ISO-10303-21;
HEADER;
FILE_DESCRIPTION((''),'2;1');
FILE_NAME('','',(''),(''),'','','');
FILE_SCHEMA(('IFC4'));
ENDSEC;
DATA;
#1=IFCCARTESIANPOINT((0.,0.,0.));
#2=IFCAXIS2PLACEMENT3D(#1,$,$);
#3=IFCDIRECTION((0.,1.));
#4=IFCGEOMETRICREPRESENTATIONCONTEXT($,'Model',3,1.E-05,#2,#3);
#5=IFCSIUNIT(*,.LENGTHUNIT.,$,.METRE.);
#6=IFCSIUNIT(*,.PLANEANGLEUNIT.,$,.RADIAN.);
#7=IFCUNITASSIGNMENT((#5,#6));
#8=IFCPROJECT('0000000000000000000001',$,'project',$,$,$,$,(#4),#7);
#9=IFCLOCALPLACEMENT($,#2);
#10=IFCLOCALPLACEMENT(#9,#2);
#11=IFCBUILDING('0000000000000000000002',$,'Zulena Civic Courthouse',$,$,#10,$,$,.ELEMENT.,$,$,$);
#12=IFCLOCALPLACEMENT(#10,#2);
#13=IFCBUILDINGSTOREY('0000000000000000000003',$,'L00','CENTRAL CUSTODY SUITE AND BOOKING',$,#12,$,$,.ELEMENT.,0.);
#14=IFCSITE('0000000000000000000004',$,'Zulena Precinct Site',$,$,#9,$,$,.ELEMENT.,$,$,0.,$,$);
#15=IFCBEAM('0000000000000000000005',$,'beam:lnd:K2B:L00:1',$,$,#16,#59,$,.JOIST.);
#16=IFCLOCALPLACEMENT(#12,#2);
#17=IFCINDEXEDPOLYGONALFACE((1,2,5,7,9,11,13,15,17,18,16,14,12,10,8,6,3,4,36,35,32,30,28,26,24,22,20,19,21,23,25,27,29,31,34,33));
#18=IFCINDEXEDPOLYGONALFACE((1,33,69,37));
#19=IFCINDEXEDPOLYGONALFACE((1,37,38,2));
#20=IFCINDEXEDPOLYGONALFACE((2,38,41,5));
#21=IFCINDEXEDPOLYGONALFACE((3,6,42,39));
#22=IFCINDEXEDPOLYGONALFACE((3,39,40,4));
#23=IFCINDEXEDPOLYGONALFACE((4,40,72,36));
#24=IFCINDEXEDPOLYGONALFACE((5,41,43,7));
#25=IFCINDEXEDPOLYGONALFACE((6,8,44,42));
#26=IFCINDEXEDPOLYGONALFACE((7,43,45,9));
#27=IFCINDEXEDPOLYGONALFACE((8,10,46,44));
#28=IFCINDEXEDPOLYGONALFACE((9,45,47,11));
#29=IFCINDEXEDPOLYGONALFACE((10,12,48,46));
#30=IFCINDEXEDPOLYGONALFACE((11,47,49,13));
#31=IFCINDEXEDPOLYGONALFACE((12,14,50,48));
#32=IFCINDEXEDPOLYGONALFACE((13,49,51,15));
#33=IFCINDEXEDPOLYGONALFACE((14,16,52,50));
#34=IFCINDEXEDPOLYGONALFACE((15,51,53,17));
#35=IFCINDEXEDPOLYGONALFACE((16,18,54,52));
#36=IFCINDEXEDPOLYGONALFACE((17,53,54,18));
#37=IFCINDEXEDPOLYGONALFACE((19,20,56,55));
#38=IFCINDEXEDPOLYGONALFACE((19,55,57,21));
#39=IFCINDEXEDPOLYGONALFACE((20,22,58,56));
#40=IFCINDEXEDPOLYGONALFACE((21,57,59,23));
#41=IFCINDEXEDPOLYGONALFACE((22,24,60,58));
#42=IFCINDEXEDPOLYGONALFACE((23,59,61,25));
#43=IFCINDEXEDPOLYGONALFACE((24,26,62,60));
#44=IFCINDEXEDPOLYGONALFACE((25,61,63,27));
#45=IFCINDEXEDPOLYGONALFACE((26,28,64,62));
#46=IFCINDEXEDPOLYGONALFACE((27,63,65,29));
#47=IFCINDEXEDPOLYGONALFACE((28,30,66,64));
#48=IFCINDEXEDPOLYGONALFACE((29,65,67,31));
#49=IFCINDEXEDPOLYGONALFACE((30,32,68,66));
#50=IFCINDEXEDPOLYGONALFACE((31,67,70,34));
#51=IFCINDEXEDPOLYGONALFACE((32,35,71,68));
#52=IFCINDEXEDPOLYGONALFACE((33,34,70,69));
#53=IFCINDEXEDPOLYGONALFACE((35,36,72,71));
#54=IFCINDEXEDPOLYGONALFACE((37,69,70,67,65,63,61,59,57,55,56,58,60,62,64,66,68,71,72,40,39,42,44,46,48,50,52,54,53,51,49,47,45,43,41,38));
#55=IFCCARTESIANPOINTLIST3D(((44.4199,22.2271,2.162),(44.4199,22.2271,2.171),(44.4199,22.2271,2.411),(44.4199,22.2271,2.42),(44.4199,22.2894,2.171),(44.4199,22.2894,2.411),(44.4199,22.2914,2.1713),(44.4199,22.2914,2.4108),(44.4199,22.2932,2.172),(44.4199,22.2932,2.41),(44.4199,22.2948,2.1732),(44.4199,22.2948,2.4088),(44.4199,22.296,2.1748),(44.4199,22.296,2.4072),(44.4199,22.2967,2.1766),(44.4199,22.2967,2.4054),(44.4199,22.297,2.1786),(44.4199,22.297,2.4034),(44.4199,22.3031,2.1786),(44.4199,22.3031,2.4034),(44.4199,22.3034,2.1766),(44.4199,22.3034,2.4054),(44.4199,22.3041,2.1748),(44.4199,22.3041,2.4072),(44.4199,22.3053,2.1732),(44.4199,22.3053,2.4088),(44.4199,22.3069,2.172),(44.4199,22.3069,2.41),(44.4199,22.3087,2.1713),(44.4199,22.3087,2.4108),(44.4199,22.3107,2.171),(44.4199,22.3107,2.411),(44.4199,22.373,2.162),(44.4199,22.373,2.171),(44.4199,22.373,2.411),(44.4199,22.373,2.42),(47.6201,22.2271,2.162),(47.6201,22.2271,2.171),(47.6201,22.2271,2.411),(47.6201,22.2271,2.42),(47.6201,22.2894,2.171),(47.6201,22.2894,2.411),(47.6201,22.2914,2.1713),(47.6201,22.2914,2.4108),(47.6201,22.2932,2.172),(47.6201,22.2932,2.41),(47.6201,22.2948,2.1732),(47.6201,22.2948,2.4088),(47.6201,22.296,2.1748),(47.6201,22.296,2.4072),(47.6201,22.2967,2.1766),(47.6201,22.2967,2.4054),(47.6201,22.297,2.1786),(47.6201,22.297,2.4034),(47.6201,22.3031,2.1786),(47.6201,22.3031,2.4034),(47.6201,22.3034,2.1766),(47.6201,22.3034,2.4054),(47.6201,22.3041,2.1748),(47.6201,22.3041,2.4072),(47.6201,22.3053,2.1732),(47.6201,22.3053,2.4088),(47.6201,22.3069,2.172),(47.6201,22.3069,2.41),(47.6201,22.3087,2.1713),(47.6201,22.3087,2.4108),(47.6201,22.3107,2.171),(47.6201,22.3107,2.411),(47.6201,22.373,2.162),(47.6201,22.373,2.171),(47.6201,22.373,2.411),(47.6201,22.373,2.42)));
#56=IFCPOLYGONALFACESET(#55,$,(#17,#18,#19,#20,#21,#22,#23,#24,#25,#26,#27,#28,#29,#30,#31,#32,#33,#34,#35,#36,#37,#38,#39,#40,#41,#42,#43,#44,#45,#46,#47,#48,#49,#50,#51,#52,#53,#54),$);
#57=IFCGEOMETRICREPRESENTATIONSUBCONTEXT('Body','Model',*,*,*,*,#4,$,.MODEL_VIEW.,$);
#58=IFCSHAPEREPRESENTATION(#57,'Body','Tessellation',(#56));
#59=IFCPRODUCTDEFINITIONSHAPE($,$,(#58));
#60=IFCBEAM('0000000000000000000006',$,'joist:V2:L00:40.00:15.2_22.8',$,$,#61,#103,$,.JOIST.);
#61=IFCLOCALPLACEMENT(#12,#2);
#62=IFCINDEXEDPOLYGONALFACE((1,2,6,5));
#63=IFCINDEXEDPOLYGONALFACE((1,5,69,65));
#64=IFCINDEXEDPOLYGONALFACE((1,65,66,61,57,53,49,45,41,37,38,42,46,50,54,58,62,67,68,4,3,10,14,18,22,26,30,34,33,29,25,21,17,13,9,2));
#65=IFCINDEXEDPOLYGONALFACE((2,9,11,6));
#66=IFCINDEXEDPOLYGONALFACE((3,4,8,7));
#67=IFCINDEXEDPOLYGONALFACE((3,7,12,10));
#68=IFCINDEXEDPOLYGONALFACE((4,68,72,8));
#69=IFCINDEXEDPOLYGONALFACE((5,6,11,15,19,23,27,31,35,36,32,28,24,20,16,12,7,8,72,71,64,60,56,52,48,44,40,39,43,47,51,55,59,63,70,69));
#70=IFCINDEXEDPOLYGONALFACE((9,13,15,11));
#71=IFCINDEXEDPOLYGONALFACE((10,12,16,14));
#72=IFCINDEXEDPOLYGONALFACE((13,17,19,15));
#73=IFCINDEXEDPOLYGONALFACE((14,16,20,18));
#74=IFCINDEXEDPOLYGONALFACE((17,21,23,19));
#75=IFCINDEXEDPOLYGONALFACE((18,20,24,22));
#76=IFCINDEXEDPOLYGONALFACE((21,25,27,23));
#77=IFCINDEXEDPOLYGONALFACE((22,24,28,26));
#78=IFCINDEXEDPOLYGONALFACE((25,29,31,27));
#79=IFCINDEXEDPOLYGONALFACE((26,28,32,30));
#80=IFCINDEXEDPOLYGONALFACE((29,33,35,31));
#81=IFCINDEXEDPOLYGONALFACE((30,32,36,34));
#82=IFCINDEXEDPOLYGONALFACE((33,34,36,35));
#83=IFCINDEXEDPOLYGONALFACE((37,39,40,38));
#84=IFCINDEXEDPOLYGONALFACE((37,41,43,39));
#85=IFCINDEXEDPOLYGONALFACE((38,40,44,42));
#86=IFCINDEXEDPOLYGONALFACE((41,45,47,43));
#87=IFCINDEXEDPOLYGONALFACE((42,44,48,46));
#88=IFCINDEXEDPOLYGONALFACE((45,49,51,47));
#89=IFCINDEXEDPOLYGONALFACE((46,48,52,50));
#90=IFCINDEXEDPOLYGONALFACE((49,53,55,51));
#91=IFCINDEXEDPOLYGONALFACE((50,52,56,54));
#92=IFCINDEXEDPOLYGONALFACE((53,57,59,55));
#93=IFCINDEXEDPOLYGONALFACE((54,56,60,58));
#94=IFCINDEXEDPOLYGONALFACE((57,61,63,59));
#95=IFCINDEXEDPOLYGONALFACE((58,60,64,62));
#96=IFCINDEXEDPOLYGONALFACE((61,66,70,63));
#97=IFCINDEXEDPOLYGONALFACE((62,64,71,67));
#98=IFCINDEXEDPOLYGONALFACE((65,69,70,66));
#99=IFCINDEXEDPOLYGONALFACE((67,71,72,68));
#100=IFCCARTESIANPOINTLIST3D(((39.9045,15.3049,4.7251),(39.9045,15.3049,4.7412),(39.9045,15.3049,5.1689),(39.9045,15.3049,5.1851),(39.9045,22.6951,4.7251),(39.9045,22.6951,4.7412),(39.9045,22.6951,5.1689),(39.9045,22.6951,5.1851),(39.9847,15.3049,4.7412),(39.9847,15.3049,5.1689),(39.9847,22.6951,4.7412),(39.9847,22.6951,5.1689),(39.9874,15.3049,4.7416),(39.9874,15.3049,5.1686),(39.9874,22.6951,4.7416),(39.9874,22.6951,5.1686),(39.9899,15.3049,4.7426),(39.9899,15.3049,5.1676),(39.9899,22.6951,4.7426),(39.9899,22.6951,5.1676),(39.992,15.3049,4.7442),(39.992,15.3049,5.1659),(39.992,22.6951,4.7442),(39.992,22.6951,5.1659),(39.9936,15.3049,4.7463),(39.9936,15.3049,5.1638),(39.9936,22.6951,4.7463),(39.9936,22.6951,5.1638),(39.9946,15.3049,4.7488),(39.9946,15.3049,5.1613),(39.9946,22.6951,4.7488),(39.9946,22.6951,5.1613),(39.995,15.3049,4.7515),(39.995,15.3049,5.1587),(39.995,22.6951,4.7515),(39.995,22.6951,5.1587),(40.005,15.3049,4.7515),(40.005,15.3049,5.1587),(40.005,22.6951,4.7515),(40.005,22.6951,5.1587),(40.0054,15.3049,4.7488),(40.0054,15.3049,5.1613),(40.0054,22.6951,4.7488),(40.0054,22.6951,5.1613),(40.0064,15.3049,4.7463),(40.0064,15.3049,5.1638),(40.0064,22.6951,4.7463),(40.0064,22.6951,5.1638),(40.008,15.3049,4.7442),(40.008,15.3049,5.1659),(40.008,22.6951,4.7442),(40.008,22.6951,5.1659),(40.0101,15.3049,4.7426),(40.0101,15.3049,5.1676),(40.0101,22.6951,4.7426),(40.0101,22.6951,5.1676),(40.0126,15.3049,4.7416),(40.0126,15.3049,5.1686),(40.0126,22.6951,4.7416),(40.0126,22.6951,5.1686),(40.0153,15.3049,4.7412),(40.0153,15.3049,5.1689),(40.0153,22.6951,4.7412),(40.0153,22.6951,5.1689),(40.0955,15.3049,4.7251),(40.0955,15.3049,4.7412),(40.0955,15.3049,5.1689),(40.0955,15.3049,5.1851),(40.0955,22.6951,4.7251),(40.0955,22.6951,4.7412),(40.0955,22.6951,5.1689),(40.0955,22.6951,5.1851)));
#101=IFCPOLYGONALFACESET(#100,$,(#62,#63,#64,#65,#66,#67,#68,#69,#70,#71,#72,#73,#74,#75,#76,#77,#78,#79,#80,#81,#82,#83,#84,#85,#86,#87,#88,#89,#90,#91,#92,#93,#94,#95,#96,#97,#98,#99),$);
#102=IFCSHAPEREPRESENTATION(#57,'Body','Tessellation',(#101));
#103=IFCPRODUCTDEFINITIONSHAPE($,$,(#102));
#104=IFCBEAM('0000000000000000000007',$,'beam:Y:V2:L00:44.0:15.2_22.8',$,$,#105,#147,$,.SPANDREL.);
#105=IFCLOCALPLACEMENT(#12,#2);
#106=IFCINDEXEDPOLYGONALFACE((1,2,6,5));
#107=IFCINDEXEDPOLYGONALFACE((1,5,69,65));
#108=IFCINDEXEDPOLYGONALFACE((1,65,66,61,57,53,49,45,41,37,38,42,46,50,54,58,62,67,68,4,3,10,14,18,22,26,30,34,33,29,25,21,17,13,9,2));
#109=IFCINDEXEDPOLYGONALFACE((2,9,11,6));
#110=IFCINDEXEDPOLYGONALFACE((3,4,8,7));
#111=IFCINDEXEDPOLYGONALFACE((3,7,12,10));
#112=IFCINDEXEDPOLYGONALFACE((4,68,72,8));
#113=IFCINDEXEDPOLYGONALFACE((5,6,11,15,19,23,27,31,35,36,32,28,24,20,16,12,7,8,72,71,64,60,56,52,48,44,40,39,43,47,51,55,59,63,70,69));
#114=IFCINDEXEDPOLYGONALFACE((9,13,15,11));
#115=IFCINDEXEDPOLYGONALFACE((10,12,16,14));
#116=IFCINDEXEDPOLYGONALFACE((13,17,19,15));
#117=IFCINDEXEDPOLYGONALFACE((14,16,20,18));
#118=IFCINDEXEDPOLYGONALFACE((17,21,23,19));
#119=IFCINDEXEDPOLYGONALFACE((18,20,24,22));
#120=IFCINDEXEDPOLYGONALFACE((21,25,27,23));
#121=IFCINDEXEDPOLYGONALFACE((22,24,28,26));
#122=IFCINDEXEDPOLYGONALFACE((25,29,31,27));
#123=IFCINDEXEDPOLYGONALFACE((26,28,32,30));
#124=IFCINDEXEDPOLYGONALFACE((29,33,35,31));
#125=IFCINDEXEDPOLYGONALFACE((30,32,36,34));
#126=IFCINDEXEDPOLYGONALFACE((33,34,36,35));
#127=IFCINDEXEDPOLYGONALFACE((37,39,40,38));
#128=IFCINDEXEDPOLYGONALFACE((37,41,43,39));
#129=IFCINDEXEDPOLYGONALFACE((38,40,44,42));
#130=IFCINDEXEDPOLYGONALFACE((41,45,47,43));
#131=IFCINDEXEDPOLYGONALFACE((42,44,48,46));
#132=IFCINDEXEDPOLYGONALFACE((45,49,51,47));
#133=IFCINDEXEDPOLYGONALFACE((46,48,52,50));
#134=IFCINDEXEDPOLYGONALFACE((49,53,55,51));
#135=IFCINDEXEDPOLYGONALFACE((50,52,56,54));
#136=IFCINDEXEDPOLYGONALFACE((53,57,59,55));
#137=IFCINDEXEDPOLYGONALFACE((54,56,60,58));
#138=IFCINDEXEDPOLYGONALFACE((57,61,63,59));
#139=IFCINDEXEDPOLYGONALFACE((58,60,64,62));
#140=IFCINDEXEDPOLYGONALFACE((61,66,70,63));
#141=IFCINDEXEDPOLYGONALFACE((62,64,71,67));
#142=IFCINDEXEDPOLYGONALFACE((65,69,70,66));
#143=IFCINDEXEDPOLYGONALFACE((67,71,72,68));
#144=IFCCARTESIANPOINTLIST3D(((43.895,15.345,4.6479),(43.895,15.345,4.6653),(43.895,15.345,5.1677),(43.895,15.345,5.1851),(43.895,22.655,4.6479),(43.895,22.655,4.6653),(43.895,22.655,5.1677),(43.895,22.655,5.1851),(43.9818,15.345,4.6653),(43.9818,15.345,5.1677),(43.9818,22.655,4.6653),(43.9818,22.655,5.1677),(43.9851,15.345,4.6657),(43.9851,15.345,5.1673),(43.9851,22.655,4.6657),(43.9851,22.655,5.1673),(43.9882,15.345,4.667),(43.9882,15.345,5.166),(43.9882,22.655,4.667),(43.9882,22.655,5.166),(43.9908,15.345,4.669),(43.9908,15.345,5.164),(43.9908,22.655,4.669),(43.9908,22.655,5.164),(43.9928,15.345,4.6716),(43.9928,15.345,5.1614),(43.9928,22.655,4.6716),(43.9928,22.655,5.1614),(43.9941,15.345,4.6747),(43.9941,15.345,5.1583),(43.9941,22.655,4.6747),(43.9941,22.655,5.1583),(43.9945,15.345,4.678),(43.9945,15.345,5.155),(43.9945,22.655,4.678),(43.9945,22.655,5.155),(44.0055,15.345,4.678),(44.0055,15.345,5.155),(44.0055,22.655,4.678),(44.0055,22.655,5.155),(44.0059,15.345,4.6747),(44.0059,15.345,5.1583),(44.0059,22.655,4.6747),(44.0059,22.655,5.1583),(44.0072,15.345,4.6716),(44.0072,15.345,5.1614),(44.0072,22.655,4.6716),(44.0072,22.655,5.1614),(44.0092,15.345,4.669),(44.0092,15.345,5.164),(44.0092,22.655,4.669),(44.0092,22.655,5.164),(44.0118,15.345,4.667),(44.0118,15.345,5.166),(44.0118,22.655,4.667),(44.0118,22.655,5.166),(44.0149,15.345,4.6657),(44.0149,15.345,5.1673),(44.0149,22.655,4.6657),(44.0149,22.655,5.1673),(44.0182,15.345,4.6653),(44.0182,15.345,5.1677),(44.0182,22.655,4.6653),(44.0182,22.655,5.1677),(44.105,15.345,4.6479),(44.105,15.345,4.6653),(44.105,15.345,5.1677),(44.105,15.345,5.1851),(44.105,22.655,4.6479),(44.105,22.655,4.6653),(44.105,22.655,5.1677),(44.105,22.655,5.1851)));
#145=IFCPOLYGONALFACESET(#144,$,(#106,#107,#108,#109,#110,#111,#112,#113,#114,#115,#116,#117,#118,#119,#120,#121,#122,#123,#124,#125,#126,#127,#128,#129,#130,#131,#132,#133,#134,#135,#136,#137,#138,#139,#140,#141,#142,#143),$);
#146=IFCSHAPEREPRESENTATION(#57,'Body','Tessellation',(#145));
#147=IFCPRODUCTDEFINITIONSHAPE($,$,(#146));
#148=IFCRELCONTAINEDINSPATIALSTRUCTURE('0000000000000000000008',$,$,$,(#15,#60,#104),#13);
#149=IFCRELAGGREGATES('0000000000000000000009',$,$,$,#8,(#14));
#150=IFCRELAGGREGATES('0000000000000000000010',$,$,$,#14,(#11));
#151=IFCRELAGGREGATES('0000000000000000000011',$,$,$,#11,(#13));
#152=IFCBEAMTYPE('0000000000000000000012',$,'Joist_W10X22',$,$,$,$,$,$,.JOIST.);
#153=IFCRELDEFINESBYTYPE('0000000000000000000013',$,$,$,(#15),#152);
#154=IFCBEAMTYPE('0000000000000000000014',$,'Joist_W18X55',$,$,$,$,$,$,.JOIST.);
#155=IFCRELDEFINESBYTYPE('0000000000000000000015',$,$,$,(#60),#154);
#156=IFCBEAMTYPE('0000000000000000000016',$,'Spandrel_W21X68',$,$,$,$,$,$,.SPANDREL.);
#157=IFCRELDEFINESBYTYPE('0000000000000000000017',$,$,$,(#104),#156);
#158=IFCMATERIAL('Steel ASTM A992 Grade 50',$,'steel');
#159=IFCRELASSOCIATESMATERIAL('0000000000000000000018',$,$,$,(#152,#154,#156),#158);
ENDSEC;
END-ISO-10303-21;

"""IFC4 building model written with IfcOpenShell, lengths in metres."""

from ifc_helpers import new_model, si_unit, direction, frame, origin, origin_2d, place, context, subcontext, project, spatial, i_section, extrude, material, material_profile, profile_set, type_object, element, save


model = new_model("IFC4")

# Units and contexts
model_context = context("Model", 3, precision=1e-05, world=origin(), true_north=direction((0.0, 1.0)))
body_context = subcontext(model_context, "Body", "Model", "MODEL_VIEW")
ifc_project = project(units=[si_unit("LENGTHUNIT", "METRE"), si_unit("PLANEANGLEUNIT", "RADIAN")], contexts=[model_context])

# Site, building, storey
site_placement = place(None, origin())
site = spatial("IfcSite", under=ifc_project, at=site_placement, Name="Zulena Precinct Site", CompositionType="ELEMENT", RefElevation=0.0)
building_placement = place(site_placement, origin())
building = spatial("IfcBuilding", under=site, at=building_placement, Name="Zulena Civic Courthouse", CompositionType="ELEMENT")
storey_placement = place(building_placement, origin())
storey = spatial("IfcBuildingStorey", under=building, at=storey_placement, Name="L00", Description="CENTRAL CUSTODY SUITE AND BOOKING", CompositionType="ELEMENT", Elevation=0.0)

# Shared definitions
ifc_material_1 = material(Name="Steel ASTM A992 Grade 50", Category="steel")

# Beams
ifc_material_profile_1 = material_profile(ifc_material_1, i_section(OverallWidth=0.146, OverallDepth=0.2581, WebThickness=0.0061, FlangeThickness=0.009, FilletRadius=0.0076, at=origin_2d()), Name="W10X22")
ifc_profile_set_1 = profile_set([ifc_material_profile_1], Name="Steel ASTM A992 Grade 50")
beam_type_1 = type_object("IfcBeamType", Name="Joist_W10X22", PredefinedType="JOIST", material=ifc_profile_set_1)
for number, where, z_axis, x_axis, name in (
    (1, (44.4199, 22.3, 2.291), (1.0, 0.0, 0.0), (0.0, 1.0, 0.0), "beam:lnd:K2B:L00:1"),
):
    element("IfcBeam", number, at=place(storey_placement, frame(where, z_axis=z_axis, x_axis=x_axis)), inside=storey, type_object=beam_type_1, Name=name, PredefinedType="JOIST", context=body_context, shape_type="SweptSolid", body=[
        extrude(i_section(OverallWidth=0.146, OverallDepth=0.2581, WebThickness=0.0061, FlangeThickness=0.009, FilletRadius=0.0076, at=origin_2d()), origin(), (0.0, 0.0, 1.0), 3.2002),
    ])
ifc_material_profile_2 = material_profile(ifc_material_1, i_section(OverallWidth=0.1909, OverallDepth=0.46, WebThickness=0.01, FlangeThickness=0.0161, FilletRadius=0.0103, at=origin_2d()), Name="W18X55")
ifc_profile_set_2 = profile_set([ifc_material_profile_2], Name="Steel ASTM A992 Grade 50")
beam_type_2 = type_object("IfcBeamType", Name="Joist_W18X55", PredefinedType="JOIST", material=ifc_profile_set_2)
beam_1_placement = place(storey_placement, frame((40.0, 15.3049, 4.9551), z_axis=(0.0, 1.0, 0.0), x_axis=(-1.0, 0.0, 0.0)))
element("IfcBeam", 2, at=beam_1_placement, inside=storey, type_object=beam_type_2, Name="joist:V2:L00:40.00:15.2_22.8", PredefinedType="JOIST", context=body_context, shape_type="SweptSolid", body=[
    extrude(i_section(OverallWidth=0.1909, OverallDepth=0.46, WebThickness=0.01, FlangeThickness=0.0161, FilletRadius=0.0103, at=origin_2d()), origin(), (0.0, 0.0, 1.0), 7.3901),
])
ifc_material_profile_3 = material_profile(ifc_material_1, i_section(OverallWidth=0.21, OverallDepth=0.5371, WebThickness=0.011, FlangeThickness=0.0173, FilletRadius=0.0127, at=origin_2d()), Name="W21X68")
ifc_profile_set_3 = profile_set([ifc_material_profile_3], Name="Steel ASTM A992 Grade 50")
beam_type_3 = type_object("IfcBeamType", Name="Spandrel_W21X68", PredefinedType="SPANDREL", material=ifc_profile_set_3)
beam_2_placement = place(storey_placement, frame((44.0, 15.345, 4.9165), z_axis=(0.0, 1.0, 0.0), x_axis=(-1.0, 0.0, 0.0)))
element("IfcBeam", 3, at=beam_2_placement, inside=storey, type_object=beam_type_3, Name="beam:Y:V2:L00:44.0:15.2_22.8", PredefinedType="SPANDREL", context=body_context, shape_type="SweptSolid", body=[
    extrude(i_section(OverallWidth=0.21, OverallDepth=0.5371, WebThickness=0.011, FlangeThickness=0.0173, FilletRadius=0.0127, at=origin_2d()), origin(), (0.0, 0.0, 1.0), 7.3101),
])

save(model, "model.ifc")
